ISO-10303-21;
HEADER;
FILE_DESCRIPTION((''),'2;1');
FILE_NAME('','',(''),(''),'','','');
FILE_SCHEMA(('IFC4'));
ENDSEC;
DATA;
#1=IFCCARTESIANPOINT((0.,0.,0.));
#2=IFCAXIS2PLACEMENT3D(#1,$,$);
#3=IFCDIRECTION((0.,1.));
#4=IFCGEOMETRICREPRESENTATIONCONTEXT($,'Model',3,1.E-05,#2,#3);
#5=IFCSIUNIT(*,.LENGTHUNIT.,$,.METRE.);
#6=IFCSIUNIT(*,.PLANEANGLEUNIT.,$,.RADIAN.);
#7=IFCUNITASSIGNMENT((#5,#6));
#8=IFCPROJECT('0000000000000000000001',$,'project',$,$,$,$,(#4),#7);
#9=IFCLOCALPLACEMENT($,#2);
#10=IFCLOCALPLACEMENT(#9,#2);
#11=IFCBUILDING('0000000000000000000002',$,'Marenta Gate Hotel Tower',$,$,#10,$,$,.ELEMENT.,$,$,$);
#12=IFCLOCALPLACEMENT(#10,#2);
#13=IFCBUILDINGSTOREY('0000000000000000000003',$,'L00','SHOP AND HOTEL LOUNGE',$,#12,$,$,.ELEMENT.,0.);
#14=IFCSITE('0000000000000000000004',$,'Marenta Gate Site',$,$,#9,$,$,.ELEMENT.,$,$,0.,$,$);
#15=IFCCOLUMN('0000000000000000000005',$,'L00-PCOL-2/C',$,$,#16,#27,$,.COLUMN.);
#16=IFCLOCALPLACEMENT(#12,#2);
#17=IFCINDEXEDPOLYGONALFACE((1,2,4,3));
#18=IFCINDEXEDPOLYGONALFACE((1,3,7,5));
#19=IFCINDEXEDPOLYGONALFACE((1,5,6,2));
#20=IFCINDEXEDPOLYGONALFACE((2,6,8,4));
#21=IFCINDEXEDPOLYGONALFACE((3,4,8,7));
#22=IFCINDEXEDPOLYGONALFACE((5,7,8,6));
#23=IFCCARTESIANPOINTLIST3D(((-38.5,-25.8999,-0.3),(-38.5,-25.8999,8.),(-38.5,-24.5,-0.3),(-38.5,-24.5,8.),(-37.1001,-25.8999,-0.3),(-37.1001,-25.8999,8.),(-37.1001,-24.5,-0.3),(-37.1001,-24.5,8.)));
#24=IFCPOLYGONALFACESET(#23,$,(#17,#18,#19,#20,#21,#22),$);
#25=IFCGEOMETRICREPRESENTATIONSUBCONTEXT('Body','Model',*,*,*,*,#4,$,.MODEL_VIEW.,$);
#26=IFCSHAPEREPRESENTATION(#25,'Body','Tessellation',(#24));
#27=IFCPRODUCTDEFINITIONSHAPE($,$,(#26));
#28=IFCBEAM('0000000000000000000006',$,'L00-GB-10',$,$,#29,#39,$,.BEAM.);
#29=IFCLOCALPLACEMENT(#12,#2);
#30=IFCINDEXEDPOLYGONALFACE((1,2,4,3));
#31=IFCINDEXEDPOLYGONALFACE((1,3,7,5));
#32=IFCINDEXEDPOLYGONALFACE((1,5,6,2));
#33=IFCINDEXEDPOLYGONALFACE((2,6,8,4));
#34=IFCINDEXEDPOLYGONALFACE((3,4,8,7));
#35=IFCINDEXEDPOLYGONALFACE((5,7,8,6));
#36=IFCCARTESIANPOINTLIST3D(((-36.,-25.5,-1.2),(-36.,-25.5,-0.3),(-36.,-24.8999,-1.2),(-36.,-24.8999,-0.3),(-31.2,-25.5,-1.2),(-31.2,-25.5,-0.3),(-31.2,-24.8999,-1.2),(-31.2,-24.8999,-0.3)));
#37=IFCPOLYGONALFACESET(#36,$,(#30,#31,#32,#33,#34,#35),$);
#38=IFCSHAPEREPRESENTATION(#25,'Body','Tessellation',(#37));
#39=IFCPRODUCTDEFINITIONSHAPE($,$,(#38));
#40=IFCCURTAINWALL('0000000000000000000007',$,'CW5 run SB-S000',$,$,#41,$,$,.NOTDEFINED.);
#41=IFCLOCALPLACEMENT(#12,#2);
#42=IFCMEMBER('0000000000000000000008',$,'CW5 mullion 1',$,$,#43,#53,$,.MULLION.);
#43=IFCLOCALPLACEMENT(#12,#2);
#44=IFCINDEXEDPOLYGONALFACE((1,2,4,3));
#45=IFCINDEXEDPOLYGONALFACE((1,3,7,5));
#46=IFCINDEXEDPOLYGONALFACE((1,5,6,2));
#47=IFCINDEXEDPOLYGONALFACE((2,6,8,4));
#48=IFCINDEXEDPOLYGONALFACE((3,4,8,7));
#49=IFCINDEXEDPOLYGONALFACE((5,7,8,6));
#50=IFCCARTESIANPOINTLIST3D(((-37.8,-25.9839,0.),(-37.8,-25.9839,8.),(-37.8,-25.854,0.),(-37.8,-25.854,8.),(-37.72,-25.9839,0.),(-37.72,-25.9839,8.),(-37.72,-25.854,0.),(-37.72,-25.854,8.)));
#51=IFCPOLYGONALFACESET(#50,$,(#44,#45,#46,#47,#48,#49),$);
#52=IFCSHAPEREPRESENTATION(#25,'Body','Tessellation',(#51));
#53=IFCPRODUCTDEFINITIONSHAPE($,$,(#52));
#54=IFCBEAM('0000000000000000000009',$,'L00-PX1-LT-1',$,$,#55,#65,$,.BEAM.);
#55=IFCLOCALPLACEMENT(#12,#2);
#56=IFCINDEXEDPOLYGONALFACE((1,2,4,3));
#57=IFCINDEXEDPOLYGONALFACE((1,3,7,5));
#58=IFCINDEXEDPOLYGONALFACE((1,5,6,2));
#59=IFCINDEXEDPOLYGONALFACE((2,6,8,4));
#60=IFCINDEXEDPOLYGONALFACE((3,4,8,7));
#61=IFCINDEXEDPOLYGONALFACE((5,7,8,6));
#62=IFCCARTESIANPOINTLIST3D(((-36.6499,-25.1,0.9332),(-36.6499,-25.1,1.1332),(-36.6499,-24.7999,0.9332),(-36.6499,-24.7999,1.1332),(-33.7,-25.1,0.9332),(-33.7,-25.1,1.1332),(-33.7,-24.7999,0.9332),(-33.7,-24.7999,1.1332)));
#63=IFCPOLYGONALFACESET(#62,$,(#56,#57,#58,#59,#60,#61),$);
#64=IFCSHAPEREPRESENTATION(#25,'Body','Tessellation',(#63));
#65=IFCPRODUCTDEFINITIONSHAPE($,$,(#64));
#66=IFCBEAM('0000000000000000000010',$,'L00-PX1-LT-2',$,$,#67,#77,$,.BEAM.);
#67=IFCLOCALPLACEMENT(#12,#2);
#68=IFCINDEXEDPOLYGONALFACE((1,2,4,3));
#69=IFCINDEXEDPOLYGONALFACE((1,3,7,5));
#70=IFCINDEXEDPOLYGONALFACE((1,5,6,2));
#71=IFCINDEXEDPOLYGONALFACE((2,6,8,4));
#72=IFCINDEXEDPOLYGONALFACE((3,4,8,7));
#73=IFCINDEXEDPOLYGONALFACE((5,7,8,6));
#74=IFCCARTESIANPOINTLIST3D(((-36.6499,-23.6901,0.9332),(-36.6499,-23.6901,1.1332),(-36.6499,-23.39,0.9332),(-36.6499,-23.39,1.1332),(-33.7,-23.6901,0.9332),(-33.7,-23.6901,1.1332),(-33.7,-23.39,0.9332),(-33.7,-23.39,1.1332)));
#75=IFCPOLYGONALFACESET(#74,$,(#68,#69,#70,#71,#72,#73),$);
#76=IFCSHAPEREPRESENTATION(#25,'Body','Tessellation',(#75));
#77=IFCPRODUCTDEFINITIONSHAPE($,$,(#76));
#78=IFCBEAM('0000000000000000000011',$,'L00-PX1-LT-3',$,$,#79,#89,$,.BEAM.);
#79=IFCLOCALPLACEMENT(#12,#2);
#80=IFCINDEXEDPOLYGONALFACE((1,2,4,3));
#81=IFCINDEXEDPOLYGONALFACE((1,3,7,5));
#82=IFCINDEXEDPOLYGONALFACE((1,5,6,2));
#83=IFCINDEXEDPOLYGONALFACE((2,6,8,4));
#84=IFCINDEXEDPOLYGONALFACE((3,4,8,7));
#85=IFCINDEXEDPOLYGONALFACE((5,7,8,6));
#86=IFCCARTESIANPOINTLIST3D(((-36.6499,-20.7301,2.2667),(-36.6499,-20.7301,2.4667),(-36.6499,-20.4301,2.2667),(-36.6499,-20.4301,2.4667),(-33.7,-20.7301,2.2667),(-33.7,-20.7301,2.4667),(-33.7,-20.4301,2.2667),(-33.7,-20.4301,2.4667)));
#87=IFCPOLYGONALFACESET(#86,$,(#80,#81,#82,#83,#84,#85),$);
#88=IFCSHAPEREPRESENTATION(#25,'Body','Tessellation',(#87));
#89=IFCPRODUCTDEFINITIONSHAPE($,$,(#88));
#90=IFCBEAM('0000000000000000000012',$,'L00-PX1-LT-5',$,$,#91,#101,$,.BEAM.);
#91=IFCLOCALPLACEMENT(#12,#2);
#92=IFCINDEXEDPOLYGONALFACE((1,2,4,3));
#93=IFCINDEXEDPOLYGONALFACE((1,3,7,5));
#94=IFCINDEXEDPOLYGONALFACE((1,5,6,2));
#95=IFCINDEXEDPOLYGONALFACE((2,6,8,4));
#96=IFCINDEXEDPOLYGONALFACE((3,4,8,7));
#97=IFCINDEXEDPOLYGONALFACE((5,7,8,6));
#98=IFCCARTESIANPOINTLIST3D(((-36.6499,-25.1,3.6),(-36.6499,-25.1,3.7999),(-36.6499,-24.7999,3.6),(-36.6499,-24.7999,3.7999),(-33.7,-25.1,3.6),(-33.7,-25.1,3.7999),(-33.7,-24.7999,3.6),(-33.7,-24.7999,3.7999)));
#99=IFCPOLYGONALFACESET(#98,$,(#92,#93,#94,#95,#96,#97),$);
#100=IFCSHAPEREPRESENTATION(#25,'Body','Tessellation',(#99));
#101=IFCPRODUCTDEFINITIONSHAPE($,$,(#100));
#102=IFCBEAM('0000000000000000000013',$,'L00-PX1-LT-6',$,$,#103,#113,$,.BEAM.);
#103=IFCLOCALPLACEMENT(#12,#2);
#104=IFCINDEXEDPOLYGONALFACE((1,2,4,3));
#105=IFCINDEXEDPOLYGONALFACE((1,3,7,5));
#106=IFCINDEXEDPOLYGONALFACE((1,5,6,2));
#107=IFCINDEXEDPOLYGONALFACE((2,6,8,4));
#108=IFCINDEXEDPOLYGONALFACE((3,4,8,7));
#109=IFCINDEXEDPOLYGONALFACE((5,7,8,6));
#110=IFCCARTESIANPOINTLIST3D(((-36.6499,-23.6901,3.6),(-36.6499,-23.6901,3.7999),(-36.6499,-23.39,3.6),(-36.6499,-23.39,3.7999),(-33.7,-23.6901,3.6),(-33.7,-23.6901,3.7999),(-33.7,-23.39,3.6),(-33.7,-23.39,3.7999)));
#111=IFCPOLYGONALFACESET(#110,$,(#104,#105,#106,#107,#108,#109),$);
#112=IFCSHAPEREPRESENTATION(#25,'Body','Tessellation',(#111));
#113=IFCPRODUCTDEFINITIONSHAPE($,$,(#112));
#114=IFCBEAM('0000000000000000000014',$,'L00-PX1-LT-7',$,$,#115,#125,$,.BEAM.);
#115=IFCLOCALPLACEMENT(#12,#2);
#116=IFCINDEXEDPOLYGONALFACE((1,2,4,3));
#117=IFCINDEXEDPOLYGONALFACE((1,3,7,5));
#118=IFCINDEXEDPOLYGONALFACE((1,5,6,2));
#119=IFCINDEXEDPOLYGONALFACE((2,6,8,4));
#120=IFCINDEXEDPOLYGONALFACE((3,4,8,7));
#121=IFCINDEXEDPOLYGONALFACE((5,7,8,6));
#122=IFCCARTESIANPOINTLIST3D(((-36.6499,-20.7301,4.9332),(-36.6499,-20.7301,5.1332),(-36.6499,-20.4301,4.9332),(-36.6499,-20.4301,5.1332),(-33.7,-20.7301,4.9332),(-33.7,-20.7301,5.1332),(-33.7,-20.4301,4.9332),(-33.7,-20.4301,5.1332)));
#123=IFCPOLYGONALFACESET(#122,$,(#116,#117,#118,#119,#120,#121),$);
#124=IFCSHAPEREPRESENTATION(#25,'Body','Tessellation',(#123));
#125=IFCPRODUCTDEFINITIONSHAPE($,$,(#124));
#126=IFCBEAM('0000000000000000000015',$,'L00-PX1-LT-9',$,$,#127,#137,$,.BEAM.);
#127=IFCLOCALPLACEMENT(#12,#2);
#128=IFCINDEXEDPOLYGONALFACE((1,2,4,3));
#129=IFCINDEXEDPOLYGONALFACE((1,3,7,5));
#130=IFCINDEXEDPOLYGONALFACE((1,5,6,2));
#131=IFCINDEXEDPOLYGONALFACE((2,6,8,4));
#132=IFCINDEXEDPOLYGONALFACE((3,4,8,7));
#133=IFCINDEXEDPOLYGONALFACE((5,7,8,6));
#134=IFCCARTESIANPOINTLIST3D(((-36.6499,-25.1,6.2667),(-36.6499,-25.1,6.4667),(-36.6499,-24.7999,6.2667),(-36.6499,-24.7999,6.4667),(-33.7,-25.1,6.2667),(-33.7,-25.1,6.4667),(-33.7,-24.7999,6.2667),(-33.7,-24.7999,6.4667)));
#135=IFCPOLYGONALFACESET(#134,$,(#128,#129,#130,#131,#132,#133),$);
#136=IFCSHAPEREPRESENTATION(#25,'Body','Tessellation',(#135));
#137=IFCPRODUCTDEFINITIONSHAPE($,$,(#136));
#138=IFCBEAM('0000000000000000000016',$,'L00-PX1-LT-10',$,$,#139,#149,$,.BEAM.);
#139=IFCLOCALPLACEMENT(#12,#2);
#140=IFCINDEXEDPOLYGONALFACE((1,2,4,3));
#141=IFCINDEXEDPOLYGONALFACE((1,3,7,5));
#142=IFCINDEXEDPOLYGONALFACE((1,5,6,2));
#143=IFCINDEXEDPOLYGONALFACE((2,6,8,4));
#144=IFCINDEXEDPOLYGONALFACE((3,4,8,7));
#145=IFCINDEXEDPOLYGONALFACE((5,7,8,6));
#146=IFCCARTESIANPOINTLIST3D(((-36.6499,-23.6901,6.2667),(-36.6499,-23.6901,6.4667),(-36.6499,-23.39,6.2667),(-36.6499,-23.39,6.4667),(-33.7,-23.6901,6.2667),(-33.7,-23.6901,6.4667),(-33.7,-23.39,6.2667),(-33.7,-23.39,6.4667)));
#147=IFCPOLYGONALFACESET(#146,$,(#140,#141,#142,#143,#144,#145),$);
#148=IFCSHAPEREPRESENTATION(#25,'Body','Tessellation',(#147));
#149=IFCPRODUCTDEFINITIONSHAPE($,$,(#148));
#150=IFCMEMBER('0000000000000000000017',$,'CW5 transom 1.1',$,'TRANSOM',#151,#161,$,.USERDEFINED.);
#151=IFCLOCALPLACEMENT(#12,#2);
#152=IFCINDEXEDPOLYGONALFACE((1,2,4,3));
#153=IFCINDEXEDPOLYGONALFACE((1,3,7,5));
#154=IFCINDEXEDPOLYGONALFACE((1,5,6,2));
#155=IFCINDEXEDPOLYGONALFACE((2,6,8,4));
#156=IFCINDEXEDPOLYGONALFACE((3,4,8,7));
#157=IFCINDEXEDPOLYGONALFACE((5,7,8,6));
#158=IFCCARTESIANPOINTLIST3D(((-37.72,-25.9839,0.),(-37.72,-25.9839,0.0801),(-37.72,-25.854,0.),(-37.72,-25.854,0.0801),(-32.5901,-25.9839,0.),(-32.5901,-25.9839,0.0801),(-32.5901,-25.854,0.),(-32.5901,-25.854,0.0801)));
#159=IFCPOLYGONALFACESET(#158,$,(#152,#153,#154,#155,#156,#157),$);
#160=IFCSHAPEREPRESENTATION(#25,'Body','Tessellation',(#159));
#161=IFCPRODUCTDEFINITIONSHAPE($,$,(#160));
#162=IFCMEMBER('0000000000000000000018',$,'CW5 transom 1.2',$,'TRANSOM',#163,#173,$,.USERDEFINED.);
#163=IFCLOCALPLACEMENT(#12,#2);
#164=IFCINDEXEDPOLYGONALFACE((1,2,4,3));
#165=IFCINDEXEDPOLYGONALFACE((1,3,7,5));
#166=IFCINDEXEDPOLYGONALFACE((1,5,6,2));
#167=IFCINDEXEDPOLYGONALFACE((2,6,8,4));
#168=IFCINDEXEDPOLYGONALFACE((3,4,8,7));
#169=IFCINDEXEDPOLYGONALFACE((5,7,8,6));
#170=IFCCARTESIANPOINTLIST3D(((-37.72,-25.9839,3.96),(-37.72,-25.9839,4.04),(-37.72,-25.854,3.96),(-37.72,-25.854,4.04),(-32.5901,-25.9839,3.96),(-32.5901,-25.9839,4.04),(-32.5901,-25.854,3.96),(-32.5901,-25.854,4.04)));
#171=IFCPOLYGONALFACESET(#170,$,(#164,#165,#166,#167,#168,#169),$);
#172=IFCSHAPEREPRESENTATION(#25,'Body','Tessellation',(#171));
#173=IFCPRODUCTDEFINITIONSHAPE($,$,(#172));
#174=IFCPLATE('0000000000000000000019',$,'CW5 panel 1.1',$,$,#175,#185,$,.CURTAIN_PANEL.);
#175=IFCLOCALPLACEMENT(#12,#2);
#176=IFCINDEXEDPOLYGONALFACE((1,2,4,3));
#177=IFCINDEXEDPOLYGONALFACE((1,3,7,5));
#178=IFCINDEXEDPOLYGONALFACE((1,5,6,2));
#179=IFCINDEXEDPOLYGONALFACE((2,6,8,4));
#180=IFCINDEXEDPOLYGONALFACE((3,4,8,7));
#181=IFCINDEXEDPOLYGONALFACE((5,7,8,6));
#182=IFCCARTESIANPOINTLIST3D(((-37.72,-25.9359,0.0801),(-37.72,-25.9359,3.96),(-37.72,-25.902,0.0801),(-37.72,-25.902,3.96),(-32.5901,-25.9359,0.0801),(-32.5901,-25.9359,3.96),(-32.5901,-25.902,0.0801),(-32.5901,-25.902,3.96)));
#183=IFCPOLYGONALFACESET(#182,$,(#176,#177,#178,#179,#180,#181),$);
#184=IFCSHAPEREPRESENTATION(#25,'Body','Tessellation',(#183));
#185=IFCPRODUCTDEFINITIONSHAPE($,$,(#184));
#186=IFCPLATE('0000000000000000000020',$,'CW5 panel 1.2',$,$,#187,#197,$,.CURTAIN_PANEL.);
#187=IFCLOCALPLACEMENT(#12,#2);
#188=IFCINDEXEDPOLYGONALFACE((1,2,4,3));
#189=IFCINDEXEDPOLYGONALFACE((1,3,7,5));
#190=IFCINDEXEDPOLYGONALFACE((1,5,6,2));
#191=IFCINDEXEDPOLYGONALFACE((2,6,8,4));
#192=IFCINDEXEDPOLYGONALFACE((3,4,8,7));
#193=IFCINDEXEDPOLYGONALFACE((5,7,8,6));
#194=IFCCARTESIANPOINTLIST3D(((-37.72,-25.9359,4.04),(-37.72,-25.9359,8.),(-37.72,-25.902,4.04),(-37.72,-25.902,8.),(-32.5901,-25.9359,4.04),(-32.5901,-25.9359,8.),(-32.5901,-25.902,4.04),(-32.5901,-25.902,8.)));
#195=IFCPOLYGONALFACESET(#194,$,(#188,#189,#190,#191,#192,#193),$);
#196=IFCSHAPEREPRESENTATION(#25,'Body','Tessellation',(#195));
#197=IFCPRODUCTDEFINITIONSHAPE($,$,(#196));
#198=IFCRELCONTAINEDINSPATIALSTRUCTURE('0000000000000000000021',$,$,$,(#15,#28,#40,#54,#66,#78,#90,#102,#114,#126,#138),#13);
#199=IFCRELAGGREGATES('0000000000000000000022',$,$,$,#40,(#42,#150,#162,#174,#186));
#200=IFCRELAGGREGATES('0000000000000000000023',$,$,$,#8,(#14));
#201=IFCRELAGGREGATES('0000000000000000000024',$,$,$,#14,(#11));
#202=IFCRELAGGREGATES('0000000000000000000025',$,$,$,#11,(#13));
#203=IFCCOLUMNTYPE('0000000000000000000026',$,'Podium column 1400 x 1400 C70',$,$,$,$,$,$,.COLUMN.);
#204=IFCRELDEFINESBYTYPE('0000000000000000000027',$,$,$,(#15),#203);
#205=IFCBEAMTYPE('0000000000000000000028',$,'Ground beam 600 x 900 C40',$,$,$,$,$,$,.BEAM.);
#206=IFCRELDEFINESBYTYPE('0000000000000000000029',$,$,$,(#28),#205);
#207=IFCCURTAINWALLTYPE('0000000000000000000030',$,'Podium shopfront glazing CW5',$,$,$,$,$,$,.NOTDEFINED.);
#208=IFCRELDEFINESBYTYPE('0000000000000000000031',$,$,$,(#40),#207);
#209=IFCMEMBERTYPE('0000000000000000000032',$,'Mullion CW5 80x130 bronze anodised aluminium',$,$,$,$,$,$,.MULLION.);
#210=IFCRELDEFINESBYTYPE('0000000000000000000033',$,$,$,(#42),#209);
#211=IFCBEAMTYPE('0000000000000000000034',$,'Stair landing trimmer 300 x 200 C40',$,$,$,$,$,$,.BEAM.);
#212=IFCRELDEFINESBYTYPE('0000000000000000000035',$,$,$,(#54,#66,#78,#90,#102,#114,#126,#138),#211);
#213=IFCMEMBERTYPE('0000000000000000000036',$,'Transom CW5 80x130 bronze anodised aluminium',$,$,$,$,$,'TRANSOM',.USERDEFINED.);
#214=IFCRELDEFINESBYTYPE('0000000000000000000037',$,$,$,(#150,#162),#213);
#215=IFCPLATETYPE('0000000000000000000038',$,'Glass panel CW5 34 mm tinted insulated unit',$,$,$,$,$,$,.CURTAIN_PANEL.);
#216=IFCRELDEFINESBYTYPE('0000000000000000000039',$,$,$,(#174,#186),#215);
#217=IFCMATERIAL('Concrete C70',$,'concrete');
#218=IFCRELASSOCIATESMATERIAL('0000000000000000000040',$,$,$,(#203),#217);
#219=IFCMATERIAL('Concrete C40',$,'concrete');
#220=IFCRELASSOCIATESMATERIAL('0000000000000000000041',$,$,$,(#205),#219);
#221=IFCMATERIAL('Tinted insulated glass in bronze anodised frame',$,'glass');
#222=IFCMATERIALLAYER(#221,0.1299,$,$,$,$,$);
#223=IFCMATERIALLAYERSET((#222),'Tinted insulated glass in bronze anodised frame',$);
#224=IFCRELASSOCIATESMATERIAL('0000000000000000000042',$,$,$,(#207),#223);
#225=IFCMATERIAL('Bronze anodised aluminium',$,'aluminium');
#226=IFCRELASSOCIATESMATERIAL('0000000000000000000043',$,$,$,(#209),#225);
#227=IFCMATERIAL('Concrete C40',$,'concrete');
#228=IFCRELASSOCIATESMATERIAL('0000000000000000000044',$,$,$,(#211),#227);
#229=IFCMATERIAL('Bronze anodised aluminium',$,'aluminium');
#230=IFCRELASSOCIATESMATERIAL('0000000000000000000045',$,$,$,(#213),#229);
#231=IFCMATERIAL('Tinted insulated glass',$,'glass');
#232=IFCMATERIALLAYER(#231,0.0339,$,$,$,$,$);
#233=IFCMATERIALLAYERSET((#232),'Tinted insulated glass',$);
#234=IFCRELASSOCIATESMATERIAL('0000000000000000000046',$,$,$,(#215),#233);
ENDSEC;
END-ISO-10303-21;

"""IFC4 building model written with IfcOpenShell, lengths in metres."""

from ifc_helpers import new_model, si_unit, direction, frame, origin, origin_2d, place, context, subcontext, project, spatial, rectangle, extrude, material, layer, layer_set, material_profile, profile_set, type_object, element, aggregate, save


model = new_model("IFC4")

# Units and contexts
model_context = context("Model", 3, precision=1e-05, world=origin(), true_north=direction((0.0, 1.0)))
body_context = subcontext(model_context, "Body", "Model", "MODEL_VIEW")
ifc_project = project(units=[si_unit("LENGTHUNIT", "METRE"), si_unit("PLANEANGLEUNIT", "RADIAN")], contexts=[model_context])

# Site, building, storey
site_placement = place(None, origin())
site = spatial("IfcSite", under=ifc_project, at=site_placement, Name="Marenta Gate Site", CompositionType="ELEMENT", RefElevation=0.0)
building_placement = place(site_placement, origin())
building = spatial("IfcBuilding", under=site, at=building_placement, Name="Marenta Gate Hotel Tower", CompositionType="ELEMENT")
storey_placement = place(building_placement, origin())
storey = spatial("IfcBuildingStorey", under=building, at=storey_placement, Name="L00", Description="SHOP AND HOTEL LOUNGE", CompositionType="ELEMENT", Elevation=0.0)

# Column
ifc_material_1 = material(Name="Concrete C70", Category="concrete")
ifc_material_profile_1 = material_profile(ifc_material_1, rectangle(XDim=1.3999, YDim=1.3999, at=origin_2d()), Name="1400 x 1400")
ifc_profile_set_1 = profile_set([ifc_material_profile_1], Name="Concrete C70")
column_type = type_object("IfcColumnType", Name="Podium column 1400 x 1400 C70", PredefinedType="COLUMN", material=ifc_profile_set_1)
column_placement = place(storey_placement, frame((-37.8, -25.2, -0.3), z_axis=(0.0, 0.0, 1.0), x_axis=(1.0, 0.0, 0.0)))
element("IfcColumn", 1, at=column_placement, inside=storey, type_object=column_type, Name="L00-PCOL-2/C", PredefinedType="COLUMN", context=body_context, shape_type="SweptSolid", body=[
    extrude(rectangle(XDim=1.3999, YDim=1.3999, at=origin_2d()), origin(), (0.0, 0.0, 1.0), 8.3),
])

# Beam
ifc_material_2 = material(Name="Concrete C40", Category="concrete")
ifc_material_profile_2 = material_profile(ifc_material_2, rectangle(XDim=0.6001, YDim=0.8999, at=origin_2d()), Name="600 x 900")
ifc_profile_set_2 = profile_set([ifc_material_profile_2], Name="Concrete C40")
beam_type_1 = type_object("IfcBeamType", Name="Ground beam 600 x 900 C40", PredefinedType="BEAM", material=ifc_profile_set_2)
beam_placement = place(storey_placement, frame((-36.0, -25.2, -0.75), z_axis=(1.0, 0.0, 0.0), x_axis=(0.0, 1.0, 0.0)))
element("IfcBeam", 2, at=beam_placement, inside=storey, type_object=beam_type_1, Name="L00-GB-10", PredefinedType="BEAM", context=body_context, shape_type="SweptSolid", body=[
    extrude(rectangle(XDim=0.6001, YDim=0.8999, at=origin_2d()), origin(), (0.0, 0.0, 1.0), 4.8),
])

# Curtain wall, member
ifc_material_3 = material(Name="Tinted insulated glass in bronze anodised frame", Category="glass")
ifc_layer_1 = layer(ifc_material_3, 0.1299)
ifc_layer_set_1 = layer_set([ifc_layer_1], Name="Tinted insulated glass in bronze anodised frame")
curtain_wall_type = type_object("IfcCurtainWallType", Name="Podium shopfront glazing CW5", PredefinedType="NOTDEFINED", material=ifc_layer_set_1)
curtain_wall_placement = place(storey_placement, origin())
curtain_wall = element("IfcCurtainWall", 3, at=curtain_wall_placement, inside=storey, type_object=curtain_wall_type, Name="CW5 run SB-S000", PredefinedType="NOTDEFINED")
ifc_material_4 = material(Name="Bronze anodised aluminium", Category="aluminium")
ifc_material_profile_3 = material_profile(ifc_material_4, rectangle(XDim=0.1299, YDim=0.0801, at=origin_2d()), Name="Mullion CW5 80x130 bronze anodised aluminium")
ifc_profile_set_3 = profile_set([ifc_material_profile_3], Name="Bronze anodised aluminium")
member_type_1 = type_object("IfcMemberType", Name="Mullion CW5 80x130 bronze anodised aluminium", PredefinedType="MULLION", material=ifc_profile_set_3)
member_1_placement = place(storey_placement, frame((-37.76, -25.9189, 0.0), z_axis=(0.0, 0.0, 1.0), x_axis=(0.0, 1.0, 0.0)))
member_1 = element("IfcMember", 4, at=member_1_placement, type_object=member_type_1, Name="CW5 mullion 1", PredefinedType="MULLION", context=body_context, shape_type="SweptSolid", body=[
    extrude(rectangle(XDim=0.1299, YDim=0.0801, at=origin_2d()), origin(), (0.0, 0.0, 1.0), 8.0),
])

# Beams
ifc_material_5 = material(Name="Concrete C40", Category="concrete")
ifc_material_profile_4 = material_profile(ifc_material_5, rectangle(XDim=0.3, YDim=0.2, at=origin_2d()), Name="300 x 200")
ifc_profile_set_4 = profile_set([ifc_material_profile_4], Name="Concrete C40")
beam_type_2 = type_object("IfcBeamType", Name="Stair landing trimmer 300 x 200 C40", PredefinedType="BEAM", material=ifc_profile_set_4)
for number, where, z_axis, x_axis, name in (
    (5, (-36.6499, -24.95, 1.0332), (1.0, 0.0, 0.0), (0.0, 1.0, 0.0), "L00-PX1-LT-1"),
    (6, (-36.6499, -23.54, 1.0332), (1.0, 0.0, 0.0), (0.0, 1.0, 0.0), "L00-PX1-LT-2"),
    (7, (-36.6499, -20.5801, 2.3667), (1.0, 0.0, 0.0), (0.0, 1.0, 0.0), "L00-PX1-LT-3"),
    (8, (-36.6499, -24.95, 3.7), (1.0, 0.0, 0.0), (0.0, 1.0, 0.0), "L00-PX1-LT-5"),
    (9, (-36.6499, -23.54, 3.7), (1.0, 0.0, 0.0), (0.0, 1.0, 0.0), "L00-PX1-LT-6"),
    (10, (-36.6499, -20.5801, 5.0332), (1.0, 0.0, 0.0), (0.0, 1.0, 0.0), "L00-PX1-LT-7"),
    (11, (-36.6499, -24.95, 6.3667), (1.0, 0.0, 0.0), (0.0, 1.0, 0.0), "L00-PX1-LT-9"),
    (12, (-36.6499, -23.54, 6.3667), (1.0, 0.0, 0.0), (0.0, 1.0, 0.0), "L00-PX1-LT-10"),
):
    element("IfcBeam", number, at=place(storey_placement, frame(where, z_axis=z_axis, x_axis=x_axis)), inside=storey, type_object=beam_type_2, Name=name, PredefinedType="BEAM", context=body_context, shape_type="SweptSolid", body=[
        extrude(rectangle(XDim=0.3, YDim=0.2, at=origin_2d()), origin(), (0.0, 0.0, 1.0), 2.95),
    ])

# Members
ifc_material_6 = material(Name="Bronze anodised aluminium", Category="aluminium")
ifc_material_profile_5 = material_profile(ifc_material_6, rectangle(XDim=0.1299, YDim=0.0801, at=origin_2d()), Name="Transom CW5 80x130 bronze anodised aluminium")
ifc_profile_set_5 = profile_set([ifc_material_profile_5], Name="Bronze anodised aluminium")
member_type_2 = type_object("IfcMemberType", Name="Transom CW5 80x130 bronze anodised aluminium", ElementType="TRANSOM", PredefinedType="USERDEFINED", material=ifc_profile_set_5)
member_2_placement = place(storey_placement, frame((-37.72, -25.9189, 0.04), z_axis=(1.0, 0.0, 0.0), x_axis=(0.0, 1.0, 0.0)))
member_2 = element("IfcMember", 13, at=member_2_placement, type_object=member_type_2, Name="CW5 transom 1.1", ObjectType="TRANSOM", PredefinedType="USERDEFINED", context=body_context, shape_type="SweptSolid", body=[
    extrude(rectangle(XDim=0.1299, YDim=0.0801, at=origin_2d()), origin(), (0.0, 0.0, 1.0), 5.1299),
])
member_3_placement = place(storey_placement, frame((-37.72, -25.9189, 4.0), z_axis=(1.0, 0.0, 0.0), x_axis=(0.0, 1.0, 0.0)))
member_3 = element("IfcMember", 14, at=member_3_placement, type_object=member_type_2, Name="CW5 transom 1.2", ObjectType="TRANSOM", PredefinedType="USERDEFINED", context=body_context, shape_type="SweptSolid", body=[
    extrude(rectangle(XDim=0.1299, YDim=0.0801, at=origin_2d()), origin(), (0.0, 0.0, 1.0), 5.1299),
])

# Plates
ifc_material_7 = material(Name="Tinted insulated glass", Category="glass")
ifc_layer_2 = layer(ifc_material_7, 0.0339)
ifc_layer_set_2 = layer_set([ifc_layer_2], Name="Tinted insulated glass")
plate_type = type_object("IfcPlateType", Name="Glass panel CW5 34 mm tinted insulated unit", PredefinedType="CURTAIN_PANEL", material=ifc_layer_set_2)
plate_1_placement = place(storey_placement, frame((-35.155, -25.9189, 0.0801), z_axis=(0.0, 0.0, 1.0), x_axis=(1.0, 0.0, 0.0)))
plate_1 = element("IfcPlate", 15, at=plate_1_placement, type_object=plate_type, Name="CW5 panel 1.1", PredefinedType="CURTAIN_PANEL", context=body_context, shape_type="SweptSolid", body=[
    extrude(rectangle(XDim=5.1299, YDim=0.0339, at=origin_2d()), origin(), (0.0, 0.0, 1.0), 3.8799),
])
plate_2_placement = place(storey_placement, frame((-35.155, -25.9189, 4.04), z_axis=(0.0, 0.0, 1.0), x_axis=(1.0, 0.0, 0.0)))
plate_2 = element("IfcPlate", 16, at=plate_2_placement, type_object=plate_type, Name="CW5 panel 1.2", PredefinedType="CURTAIN_PANEL", context=body_context, shape_type="SweptSolid", body=[
    extrude(rectangle(XDim=5.1299, YDim=0.0339, at=origin_2d()), origin(), (0.0, 0.0, 1.0), 3.96),
])
aggregate(curtain_wall, [member_1, member_2, member_3, plate_1, plate_2])

save(model, "model.ifc")
